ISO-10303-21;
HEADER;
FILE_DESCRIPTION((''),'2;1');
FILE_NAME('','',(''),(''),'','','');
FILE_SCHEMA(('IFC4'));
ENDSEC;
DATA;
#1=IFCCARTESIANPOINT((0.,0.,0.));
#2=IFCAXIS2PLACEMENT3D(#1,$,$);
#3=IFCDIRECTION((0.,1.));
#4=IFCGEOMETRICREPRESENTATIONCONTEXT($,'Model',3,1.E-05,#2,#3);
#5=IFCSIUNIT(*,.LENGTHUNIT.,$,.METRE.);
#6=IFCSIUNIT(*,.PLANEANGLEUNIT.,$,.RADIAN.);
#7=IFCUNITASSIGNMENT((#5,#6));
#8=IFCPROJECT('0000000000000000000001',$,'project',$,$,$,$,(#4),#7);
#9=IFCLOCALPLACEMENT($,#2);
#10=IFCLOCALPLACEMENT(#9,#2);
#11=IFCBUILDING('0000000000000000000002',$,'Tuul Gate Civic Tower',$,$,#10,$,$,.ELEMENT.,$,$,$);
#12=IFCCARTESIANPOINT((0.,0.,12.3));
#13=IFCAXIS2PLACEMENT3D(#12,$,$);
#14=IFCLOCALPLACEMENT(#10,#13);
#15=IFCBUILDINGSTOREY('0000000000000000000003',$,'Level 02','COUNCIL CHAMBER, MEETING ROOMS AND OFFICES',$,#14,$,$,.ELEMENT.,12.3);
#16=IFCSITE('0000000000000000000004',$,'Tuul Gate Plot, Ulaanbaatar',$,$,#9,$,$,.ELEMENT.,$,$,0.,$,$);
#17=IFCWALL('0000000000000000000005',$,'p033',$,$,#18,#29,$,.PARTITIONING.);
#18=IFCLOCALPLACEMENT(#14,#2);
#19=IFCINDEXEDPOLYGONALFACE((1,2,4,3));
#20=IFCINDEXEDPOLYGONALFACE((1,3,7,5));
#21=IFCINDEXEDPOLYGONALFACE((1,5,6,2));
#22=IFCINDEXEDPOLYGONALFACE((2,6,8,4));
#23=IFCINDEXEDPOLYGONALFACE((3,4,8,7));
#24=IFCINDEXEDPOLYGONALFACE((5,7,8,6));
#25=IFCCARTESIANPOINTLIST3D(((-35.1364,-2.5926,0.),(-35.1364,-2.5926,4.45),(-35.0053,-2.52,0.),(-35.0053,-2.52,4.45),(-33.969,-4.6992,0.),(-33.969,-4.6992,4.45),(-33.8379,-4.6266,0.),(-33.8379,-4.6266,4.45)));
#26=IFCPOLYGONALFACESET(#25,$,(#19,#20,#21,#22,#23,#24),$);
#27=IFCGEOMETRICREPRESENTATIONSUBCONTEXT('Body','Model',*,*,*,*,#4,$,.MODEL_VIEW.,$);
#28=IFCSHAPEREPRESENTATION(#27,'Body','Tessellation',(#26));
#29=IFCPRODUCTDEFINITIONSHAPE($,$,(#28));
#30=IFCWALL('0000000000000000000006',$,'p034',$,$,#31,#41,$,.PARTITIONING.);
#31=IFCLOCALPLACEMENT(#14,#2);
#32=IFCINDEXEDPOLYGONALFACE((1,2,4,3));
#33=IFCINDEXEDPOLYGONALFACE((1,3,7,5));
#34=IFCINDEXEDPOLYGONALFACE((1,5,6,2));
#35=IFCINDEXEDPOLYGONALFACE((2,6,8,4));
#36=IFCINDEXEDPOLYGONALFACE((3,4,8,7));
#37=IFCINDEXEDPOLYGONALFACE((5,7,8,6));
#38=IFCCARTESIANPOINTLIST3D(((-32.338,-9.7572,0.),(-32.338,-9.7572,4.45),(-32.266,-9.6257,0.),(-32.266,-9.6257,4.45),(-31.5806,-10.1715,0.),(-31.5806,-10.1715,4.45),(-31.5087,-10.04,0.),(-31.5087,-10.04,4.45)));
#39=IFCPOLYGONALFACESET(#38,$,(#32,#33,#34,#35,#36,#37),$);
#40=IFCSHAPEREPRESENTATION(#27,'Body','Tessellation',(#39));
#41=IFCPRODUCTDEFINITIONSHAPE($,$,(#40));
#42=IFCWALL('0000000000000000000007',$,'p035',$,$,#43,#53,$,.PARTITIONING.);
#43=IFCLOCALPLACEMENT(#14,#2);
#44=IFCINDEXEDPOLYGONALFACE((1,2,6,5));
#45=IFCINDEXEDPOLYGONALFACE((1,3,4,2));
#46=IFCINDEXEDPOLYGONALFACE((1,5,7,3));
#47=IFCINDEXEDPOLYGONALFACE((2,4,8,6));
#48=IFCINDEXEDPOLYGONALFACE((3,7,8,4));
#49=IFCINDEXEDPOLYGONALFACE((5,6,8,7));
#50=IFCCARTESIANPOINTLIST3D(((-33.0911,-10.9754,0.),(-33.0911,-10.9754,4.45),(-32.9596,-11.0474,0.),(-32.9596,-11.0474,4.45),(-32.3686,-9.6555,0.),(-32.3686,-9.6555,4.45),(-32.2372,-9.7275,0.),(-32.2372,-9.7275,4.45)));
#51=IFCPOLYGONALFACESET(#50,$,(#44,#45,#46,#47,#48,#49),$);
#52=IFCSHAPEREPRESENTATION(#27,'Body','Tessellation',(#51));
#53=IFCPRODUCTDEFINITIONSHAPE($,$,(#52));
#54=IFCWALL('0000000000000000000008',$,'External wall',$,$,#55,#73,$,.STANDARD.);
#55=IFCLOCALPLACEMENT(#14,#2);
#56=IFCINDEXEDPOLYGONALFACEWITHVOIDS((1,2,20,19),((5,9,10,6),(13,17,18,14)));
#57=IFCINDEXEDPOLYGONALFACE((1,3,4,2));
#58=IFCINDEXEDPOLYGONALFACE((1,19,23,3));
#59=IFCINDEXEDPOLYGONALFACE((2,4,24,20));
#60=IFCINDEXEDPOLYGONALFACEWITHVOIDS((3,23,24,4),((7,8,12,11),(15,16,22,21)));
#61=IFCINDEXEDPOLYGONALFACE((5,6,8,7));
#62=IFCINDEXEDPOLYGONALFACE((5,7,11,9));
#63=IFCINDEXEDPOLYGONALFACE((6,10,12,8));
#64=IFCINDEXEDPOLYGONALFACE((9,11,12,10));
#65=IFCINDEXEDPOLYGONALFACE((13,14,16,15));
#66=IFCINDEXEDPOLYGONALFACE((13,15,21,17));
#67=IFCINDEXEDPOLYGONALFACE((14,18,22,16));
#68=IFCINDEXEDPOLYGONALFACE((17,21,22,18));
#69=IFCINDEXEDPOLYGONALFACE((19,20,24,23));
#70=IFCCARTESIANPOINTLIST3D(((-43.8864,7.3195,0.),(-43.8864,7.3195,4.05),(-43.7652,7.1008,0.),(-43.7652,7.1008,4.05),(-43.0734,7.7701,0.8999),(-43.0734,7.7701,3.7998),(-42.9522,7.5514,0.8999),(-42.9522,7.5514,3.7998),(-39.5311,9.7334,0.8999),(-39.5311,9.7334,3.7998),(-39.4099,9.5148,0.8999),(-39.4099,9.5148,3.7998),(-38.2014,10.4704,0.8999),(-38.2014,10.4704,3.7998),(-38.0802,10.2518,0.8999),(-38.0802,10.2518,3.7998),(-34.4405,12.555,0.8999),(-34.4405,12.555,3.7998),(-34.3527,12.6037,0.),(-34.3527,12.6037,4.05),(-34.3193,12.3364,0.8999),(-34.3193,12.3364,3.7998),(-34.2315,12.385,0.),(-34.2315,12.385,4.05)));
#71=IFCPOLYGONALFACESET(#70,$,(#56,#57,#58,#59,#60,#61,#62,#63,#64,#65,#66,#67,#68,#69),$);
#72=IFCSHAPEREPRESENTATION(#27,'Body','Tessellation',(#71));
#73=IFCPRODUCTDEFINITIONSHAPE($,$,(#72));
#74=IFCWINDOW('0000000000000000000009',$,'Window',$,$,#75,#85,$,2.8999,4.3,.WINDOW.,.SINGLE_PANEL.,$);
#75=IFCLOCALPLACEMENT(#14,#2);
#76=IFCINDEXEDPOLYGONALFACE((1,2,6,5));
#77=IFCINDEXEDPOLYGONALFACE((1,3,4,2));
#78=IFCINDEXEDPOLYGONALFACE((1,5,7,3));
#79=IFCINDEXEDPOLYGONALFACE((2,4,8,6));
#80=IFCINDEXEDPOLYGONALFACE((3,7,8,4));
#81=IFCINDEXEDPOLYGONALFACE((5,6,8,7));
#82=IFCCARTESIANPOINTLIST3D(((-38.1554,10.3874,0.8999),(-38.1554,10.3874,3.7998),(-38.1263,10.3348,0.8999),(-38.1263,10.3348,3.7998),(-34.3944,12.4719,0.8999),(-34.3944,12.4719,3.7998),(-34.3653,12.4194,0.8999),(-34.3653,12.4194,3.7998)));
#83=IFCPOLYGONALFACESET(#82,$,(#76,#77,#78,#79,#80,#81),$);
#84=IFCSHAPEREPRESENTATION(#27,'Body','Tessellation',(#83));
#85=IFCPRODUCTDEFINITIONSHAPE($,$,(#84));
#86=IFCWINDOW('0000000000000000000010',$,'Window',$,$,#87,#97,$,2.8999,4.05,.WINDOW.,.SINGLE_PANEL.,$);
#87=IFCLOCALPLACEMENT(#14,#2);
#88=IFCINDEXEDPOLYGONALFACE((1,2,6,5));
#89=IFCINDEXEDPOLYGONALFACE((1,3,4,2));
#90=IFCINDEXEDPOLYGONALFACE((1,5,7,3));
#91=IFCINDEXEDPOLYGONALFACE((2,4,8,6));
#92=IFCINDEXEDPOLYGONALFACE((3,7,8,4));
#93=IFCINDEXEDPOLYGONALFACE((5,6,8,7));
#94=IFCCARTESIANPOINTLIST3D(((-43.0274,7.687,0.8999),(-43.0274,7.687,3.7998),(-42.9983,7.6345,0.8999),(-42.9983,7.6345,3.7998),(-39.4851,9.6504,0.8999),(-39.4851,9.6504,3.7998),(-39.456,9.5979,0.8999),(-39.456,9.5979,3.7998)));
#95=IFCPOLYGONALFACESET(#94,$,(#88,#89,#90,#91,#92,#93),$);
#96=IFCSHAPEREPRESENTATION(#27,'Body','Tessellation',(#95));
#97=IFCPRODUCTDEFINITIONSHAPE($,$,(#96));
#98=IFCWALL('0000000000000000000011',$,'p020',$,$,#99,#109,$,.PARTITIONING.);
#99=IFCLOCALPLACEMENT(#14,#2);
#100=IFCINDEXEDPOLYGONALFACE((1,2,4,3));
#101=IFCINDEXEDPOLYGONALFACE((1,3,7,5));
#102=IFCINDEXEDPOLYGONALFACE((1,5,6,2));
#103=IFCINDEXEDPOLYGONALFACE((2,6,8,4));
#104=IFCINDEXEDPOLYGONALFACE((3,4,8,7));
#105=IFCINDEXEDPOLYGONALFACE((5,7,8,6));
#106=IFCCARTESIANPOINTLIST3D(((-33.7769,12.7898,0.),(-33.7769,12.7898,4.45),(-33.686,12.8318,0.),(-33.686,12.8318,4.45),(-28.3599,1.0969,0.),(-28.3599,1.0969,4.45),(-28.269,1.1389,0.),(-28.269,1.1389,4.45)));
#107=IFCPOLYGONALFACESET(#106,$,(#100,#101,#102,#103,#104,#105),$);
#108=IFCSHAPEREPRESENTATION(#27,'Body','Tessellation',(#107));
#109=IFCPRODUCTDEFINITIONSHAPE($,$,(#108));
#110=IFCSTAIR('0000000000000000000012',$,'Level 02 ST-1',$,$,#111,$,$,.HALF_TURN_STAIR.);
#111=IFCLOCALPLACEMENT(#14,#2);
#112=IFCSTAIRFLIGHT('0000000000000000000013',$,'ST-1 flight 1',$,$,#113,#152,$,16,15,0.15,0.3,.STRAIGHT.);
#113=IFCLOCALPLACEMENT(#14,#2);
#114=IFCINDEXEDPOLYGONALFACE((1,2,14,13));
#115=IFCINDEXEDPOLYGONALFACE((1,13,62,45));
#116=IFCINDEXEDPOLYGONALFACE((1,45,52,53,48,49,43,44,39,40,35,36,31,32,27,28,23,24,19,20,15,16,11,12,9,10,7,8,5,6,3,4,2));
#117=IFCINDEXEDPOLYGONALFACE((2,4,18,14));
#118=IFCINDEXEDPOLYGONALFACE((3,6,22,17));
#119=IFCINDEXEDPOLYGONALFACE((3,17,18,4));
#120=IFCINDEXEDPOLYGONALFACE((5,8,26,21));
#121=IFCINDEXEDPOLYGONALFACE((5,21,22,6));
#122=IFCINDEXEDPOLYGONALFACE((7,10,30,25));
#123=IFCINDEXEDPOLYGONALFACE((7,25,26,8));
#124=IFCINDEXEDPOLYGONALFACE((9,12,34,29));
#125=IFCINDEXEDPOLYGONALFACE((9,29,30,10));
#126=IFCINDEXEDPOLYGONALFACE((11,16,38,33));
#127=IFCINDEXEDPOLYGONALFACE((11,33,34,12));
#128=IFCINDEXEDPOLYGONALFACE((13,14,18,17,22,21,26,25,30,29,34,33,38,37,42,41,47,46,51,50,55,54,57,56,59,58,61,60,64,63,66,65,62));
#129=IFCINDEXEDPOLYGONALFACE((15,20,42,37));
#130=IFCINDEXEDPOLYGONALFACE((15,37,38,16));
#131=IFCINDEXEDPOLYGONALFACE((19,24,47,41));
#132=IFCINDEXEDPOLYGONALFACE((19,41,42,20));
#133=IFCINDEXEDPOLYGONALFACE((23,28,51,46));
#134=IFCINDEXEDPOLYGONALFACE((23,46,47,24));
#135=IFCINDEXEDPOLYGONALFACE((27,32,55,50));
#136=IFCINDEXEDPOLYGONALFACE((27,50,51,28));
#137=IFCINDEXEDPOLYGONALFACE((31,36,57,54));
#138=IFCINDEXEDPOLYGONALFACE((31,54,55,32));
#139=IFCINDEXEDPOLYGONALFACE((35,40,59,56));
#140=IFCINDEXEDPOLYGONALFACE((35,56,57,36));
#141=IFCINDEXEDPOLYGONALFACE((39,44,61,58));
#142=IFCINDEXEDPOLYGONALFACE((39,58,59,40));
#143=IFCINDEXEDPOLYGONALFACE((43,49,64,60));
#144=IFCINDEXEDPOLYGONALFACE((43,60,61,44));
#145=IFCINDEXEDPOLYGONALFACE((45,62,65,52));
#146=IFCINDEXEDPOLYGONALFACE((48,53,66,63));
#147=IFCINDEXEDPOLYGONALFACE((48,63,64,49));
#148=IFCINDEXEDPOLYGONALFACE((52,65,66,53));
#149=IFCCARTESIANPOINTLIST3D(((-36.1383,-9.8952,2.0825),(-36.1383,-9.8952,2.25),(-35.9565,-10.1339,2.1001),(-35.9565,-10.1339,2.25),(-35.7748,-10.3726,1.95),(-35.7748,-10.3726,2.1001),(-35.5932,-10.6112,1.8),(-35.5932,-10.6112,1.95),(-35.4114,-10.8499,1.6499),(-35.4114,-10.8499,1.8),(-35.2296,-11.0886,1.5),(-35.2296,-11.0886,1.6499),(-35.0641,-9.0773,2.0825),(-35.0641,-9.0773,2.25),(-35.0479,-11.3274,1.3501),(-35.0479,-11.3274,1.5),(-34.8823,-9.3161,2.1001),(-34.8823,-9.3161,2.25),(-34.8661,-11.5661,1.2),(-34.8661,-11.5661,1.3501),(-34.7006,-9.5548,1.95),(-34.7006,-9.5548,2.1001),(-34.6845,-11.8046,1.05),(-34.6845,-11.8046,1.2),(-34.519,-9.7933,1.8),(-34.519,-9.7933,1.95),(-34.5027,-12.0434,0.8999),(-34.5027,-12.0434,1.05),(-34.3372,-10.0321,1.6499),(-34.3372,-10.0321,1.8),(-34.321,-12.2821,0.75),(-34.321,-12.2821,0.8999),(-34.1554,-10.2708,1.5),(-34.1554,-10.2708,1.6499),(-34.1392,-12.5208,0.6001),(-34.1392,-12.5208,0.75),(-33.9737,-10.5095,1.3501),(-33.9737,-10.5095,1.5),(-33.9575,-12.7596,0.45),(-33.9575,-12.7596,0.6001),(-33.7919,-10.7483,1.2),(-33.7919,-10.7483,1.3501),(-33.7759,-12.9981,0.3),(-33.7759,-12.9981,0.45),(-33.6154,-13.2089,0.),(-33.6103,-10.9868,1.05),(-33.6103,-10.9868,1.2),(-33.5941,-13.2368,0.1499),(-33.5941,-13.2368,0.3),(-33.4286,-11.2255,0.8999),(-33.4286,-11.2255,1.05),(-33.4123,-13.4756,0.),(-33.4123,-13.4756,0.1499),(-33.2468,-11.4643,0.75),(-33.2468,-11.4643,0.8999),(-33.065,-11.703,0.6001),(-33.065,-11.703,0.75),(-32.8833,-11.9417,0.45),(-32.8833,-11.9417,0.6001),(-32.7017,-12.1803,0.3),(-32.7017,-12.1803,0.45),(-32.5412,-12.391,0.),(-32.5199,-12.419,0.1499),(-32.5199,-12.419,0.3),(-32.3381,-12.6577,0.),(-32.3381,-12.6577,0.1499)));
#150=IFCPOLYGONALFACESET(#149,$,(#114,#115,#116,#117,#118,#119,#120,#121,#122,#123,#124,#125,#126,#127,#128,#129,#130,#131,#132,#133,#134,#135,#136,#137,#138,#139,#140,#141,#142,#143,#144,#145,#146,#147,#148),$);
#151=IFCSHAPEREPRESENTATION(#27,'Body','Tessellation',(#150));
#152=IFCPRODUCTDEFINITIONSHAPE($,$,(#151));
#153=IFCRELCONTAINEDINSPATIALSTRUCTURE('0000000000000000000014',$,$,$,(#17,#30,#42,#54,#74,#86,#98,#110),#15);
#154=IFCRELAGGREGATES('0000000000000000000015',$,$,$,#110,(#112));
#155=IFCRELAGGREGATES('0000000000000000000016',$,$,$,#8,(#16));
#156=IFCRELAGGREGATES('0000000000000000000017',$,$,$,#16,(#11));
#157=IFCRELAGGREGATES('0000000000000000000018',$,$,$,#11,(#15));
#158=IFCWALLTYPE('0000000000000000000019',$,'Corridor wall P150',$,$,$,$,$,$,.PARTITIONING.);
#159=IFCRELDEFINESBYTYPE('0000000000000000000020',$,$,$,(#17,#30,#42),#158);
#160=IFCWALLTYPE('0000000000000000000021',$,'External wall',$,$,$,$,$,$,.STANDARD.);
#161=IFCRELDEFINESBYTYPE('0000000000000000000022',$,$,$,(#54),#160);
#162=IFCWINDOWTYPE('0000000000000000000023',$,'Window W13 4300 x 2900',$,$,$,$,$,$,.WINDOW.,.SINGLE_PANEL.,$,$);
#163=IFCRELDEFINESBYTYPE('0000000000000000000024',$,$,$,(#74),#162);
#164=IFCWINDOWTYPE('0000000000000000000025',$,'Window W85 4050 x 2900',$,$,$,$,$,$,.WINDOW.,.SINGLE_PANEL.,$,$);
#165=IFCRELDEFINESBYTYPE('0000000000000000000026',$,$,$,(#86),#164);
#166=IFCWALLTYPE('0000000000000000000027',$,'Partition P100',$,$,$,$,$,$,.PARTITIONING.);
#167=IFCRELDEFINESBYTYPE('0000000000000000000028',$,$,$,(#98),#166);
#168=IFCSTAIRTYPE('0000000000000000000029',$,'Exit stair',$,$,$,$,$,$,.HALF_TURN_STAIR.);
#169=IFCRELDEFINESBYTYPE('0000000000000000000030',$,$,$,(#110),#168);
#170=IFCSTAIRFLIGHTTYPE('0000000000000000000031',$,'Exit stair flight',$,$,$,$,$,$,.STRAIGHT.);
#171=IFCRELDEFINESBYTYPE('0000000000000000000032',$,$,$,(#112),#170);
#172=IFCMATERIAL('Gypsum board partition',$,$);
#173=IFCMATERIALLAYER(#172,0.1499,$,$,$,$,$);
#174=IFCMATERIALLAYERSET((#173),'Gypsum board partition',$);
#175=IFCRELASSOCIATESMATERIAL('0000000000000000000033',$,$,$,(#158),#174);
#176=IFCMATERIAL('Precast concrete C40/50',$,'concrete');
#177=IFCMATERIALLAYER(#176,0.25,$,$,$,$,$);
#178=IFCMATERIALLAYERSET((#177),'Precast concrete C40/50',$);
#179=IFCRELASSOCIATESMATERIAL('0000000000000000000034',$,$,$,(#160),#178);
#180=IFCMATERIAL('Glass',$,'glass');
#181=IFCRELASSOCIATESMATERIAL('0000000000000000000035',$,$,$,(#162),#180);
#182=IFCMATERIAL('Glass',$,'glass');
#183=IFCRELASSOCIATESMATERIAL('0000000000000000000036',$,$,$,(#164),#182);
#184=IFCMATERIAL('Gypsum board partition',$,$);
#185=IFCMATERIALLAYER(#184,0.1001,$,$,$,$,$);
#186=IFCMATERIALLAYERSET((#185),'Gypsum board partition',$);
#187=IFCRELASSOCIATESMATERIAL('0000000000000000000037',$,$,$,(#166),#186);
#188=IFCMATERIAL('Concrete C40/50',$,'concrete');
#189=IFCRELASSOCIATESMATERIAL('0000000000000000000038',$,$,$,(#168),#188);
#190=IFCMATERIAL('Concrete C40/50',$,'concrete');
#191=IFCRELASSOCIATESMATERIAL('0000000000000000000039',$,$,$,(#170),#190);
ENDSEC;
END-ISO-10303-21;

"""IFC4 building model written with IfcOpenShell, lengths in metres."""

from ifc_helpers import new_model, si_unit, direction, frame, frame_2d, origin, place, context, subcontext, project, spatial, polyline, rectangle, outline, extrude, material, layer, layer_set, type_object, element, fill, aggregate, save


model = new_model("IFC4")

# Units and contexts
model_context = context("Model", 3, precision=1e-05, world=origin(), true_north=direction((0.0, 1.0)))
body_context = subcontext(model_context, "Body", "Model", "MODEL_VIEW")
ifc_project = project(units=[si_unit("LENGTHUNIT", "METRE"), si_unit("PLANEANGLEUNIT", "RADIAN")], contexts=[model_context])

# Site, building, storey
site_placement = place(None, origin())
site = spatial("IfcSite", under=ifc_project, at=site_placement, Name="Tuul Gate Plot, Ulaanbaatar", CompositionType="ELEMENT", RefElevation=0.0)
building_placement = place(site_placement, origin())
building = spatial("IfcBuilding", under=site, at=building_placement, Name="Tuul Gate Civic Tower", CompositionType="ELEMENT")
storey_placement = place(building_placement, frame((0.0, 0.0, 12.3)))
storey = spatial("IfcBuildingStorey", under=building, at=storey_placement, Name="Level 02", Description="COUNCIL CHAMBER, MEETING ROOMS AND OFFICES", CompositionType="ELEMENT", Elevation=12.3)

# Shared definitions
ifc_material_1 = material(Name="Gypsum board partition")
ifc_layer_1 = layer(ifc_material_1, 0.1499)
ifc_layer_set_1 = layer_set([ifc_layer_1], Name="Gypsum board partition")
wall_type_1 = type_object("IfcWallType", Name="Corridor wall P150", PredefinedType="PARTITIONING", material=ifc_layer_set_1)

# Walls
wall_1_placement = place(storey_placement, frame((-35.0708, -2.5564, 0.0), z_axis=(0.0, 0.0, 1.0), x_axis=(0.484722, -0.874668, 0.0)))
element("IfcWall", 1, at=wall_1_placement, inside=storey, type_object=wall_type_1, Name="p033", PredefinedType="PARTITIONING", context=body_context, shape_type="SweptSolid", body=[
    extrude(rectangle(XDim=2.4084, YDim=0.1499, at=frame_2d((1.2041, 0.0))), origin(), (0.0, 0.0, 1.0), 4.45),
])
wall_2_placement = place(storey_placement, frame((-32.302, -9.6914, 0.0), z_axis=(0.0, 0.0, 1.0), x_axis=(0.8773, -0.479942, 0.0)))
element("IfcWall", 2, at=wall_2_placement, inside=storey, type_object=wall_type_1, Name="p034", PredefinedType="PARTITIONING", context=body_context, shape_type="SweptSolid", body=[
    extrude(rectangle(XDim=0.8633, YDim=0.1499, at=frame_2d((0.4316, 0.0))), origin(), (0.0, 0.0, 1.0), 4.45),
])
wall_3_placement = place(storey_placement, frame((-33.0254, -11.0115, 0.0), z_axis=(0.0, 0.0, 1.0), x_axis=(0.480136, 0.877194, 0.0)))
element("IfcWall", 3, at=wall_3_placement, inside=storey, type_object=wall_type_1, Name="p035", PredefinedType="PARTITIONING", context=body_context, shape_type="SweptSolid", body=[
    extrude(rectangle(XDim=1.5046, YDim=0.1499, at=frame_2d((0.7524, 0.0))), origin(), (0.0, 0.0, 1.0), 4.45),
])

# Wall, openings, windows
ifc_material_2 = material(Name="Precast concrete C40/50", Category="concrete")
ifc_layer_2 = layer(ifc_material_2, 0.25)
ifc_layer_set_2 = layer_set([ifc_layer_2], Name="Precast concrete C40/50")
wall_type_2 = type_object("IfcWallType", Name="External wall", PredefinedType="STANDARD", material=ifc_layer_set_2)
wall_4_placement = place(storey_placement, frame((-34.292, 12.4944, 0.0), z_axis=(0.0, 0.0, 1.0), x_axis=(-0.874637, -0.484779, 0.0)))
wall_4 = element("IfcWall", 4, at=wall_4_placement, inside=storey, type_object=wall_type_2, Name="External wall", PredefinedType="STANDARD", context=body_context, shape_type="SweptSolid", body=[
    extrude(rectangle(XDim=10.9001, YDim=0.25, at=frame_2d((5.4502, 0.0))), origin(), (0.0, 0.0, 1.0), 4.05),
])
opening_1_placement = place(wall_4_placement, frame((0.1006, 0.0, 0.8999)))
opening_1 = element("IfcOpeningElement", 5, at=opening_1_placement, cuts=wall_4, PredefinedType="OPENING", context=body_context, shape_type="SweptSolid", body=[
    extrude(rectangle(XDim=4.3, YDim=2.8999, at=frame_2d((2.1499, 1.45))), frame((0.0, 0.135, 0.0), z_axis=(0.0, -1.0, 0.0), x_axis=(1.0, 0.0, 0.0)), (0.0, 0.0, 1.0), 0.27),
])
opening_2_placement = place(wall_4_placement, frame((5.9209, 0.0, 0.8999)))
opening_2 = element("IfcOpeningElement", 6, at=opening_2_placement, cuts=wall_4, PredefinedType="OPENING", context=body_context, shape_type="SweptSolid", body=[
    extrude(rectangle(XDim=4.05, YDim=2.8999, at=frame_2d((2.0249, 1.45))), frame((0.0, 0.135, 0.0), z_axis=(0.0, -1.0, 0.0), x_axis=(1.0, 0.0, 0.0)), (0.0, 0.0, 1.0), 0.27),
])
ifc_material_3 = material(Name="Glass", Category="glass")
window_type_1 = type_object("IfcWindowType", Name="Window W13 4300 x 2900", PartitioningType="SINGLE_PANEL", PredefinedType="WINDOW", material=ifc_material_3)
window_1_placement = place(opening_1_placement, origin())
window_1 = element("IfcWindow", 7, at=window_1_placement, inside=storey, type_object=window_type_1, Name="Window", OverallHeight=2.8999, OverallWidth=4.3, PartitioningType="SINGLE_PANEL", PredefinedType="WINDOW", context=body_context, shape_type="SweptSolid", body=[
    extrude(rectangle(XDim=4.3, YDim=2.8999, at=frame_2d((2.1499, 1.45))), frame((0.0, 0.03, 0.0), z_axis=(0.0, -1.0, 0.0), x_axis=(1.0, 0.0, 0.0)), (0.0, 0.0, 1.0), 0.0601),
])
fill(opening_1, window_1)
ifc_material_4 = material(Name="Glass", Category="glass")
window_type_2 = type_object("IfcWindowType", Name="Window W85 4050 x 2900", PartitioningType="SINGLE_PANEL", PredefinedType="WINDOW", material=ifc_material_4)
window_2_placement = place(opening_2_placement, origin())
window_2 = element("IfcWindow", 8, at=window_2_placement, inside=storey, type_object=window_type_2, Name="Window", OverallHeight=2.8999, OverallWidth=4.05, PartitioningType="SINGLE_PANEL", PredefinedType="WINDOW", context=body_context, shape_type="SweptSolid", body=[
    extrude(rectangle(XDim=4.05, YDim=2.8999, at=frame_2d((2.0249, 1.45))), frame((0.0, 0.03, 0.0), z_axis=(0.0, -1.0, 0.0), x_axis=(1.0, 0.0, 0.0)), (0.0, 0.0, 1.0), 0.0601),
])
fill(opening_2, window_2)

# Wall
ifc_material_5 = material(Name="Gypsum board partition")
ifc_layer_3 = layer(ifc_material_5, 0.1001)
ifc_layer_set_3 = layer_set([ifc_layer_3], Name="Gypsum board partition")
wall_type_3 = type_object("IfcWallType", Name="Partition P100", PredefinedType="PARTITIONING", material=ifc_layer_set_3)
wall_5_placement = place(storey_placement, frame((-33.7314, 12.8108, 0.0), z_axis=(0.0, 0.0, 1.0), x_axis=(0.420355, -0.90736, 0.0)))
element("IfcWall", 9, at=wall_5_placement, inside=storey, type_object=wall_type_3, Name="p020", PredefinedType="PARTITIONING", context=body_context, shape_type="SweptSolid", body=[
    extrude(rectangle(XDim=12.8867, YDim=0.1001, at=frame_2d((6.4434, 0.0))), origin(), (0.0, 0.0, 1.0), 4.45),
])

# Stair, stair flight
ifc_material_6 = material(Name="Concrete C40/50", Category="concrete")
stair_type = type_object("IfcStairType", Name="Exit stair", PredefinedType="HALF_TURN_STAIR", material=ifc_material_6)
stair_placement = place(storey_placement, origin())
stair = element("IfcStair", 10, at=stair_placement, inside=storey, type_object=stair_type, Name="Level 02 ST-1", PredefinedType="HALF_TURN_STAIR")
ifc_material_7 = material(Name="Concrete C40/50", Category="concrete")
stair_flight_type = type_object("IfcStairFlightType", Name="Exit stair flight", PredefinedType="STRAIGHT", material=ifc_material_7)
stair_flight_1_placement = place(storey_placement, frame((-32.8752, -13.0667, 0.0), z_axis=(0.0, 0.0, 1.0), x_axis=(-0.605764, 0.795644, 0.0)))
stair_flight_1 = element("IfcStairFlight", 11, at=stair_flight_1_placement, type_object=stair_flight_type, Name="ST-1 flight 1", NumberOfRisers=16, NumberOfTreads=15, PredefinedType="STRAIGHT", RiserHeight=0.15, TreadLength=0.3, context=body_context, shape_type="SweptSolid", body=[
    extrude(outline(polyline([(0.0, 0.0), (0.0, 0.1499), (0.3, 0.1499), (0.3, 0.3), (0.6001, 0.3), (0.6001, 0.45), (0.8999, 0.45), (0.8999, 0.6001), (1.2, 0.6001), (1.2, 0.75), (1.5, 0.75), (1.5, 0.8999), (1.8, 0.8999), (1.8, 1.05), (2.1001, 1.05), (2.1001, 1.2), (2.3999, 1.2), (2.3999, 1.3501), (2.7, 1.3501), (2.7, 1.5), (3.0, 1.5), (3.0, 1.6499), (3.3, 1.6499), (3.3, 1.8), (3.6001, 1.8), (3.6001, 1.95), (3.8999, 1.95), (3.8999, 2.1001), (4.2, 2.1001), (4.2, 2.25), (4.5, 2.25), (4.5, 2.3999), (4.5, 2.0825), (0.3352, 0.0), (0.0, 0.0)])), frame((0.0, 0.675, 0.0), z_axis=(0.0, -1.0, 0.0), x_axis=(1.0, 0.0, 0.0)), (0.0, 0.0, 1.0), 1.3501),
])
aggregate(stair, [stair_flight_1])

save(model, "model.ifc")
